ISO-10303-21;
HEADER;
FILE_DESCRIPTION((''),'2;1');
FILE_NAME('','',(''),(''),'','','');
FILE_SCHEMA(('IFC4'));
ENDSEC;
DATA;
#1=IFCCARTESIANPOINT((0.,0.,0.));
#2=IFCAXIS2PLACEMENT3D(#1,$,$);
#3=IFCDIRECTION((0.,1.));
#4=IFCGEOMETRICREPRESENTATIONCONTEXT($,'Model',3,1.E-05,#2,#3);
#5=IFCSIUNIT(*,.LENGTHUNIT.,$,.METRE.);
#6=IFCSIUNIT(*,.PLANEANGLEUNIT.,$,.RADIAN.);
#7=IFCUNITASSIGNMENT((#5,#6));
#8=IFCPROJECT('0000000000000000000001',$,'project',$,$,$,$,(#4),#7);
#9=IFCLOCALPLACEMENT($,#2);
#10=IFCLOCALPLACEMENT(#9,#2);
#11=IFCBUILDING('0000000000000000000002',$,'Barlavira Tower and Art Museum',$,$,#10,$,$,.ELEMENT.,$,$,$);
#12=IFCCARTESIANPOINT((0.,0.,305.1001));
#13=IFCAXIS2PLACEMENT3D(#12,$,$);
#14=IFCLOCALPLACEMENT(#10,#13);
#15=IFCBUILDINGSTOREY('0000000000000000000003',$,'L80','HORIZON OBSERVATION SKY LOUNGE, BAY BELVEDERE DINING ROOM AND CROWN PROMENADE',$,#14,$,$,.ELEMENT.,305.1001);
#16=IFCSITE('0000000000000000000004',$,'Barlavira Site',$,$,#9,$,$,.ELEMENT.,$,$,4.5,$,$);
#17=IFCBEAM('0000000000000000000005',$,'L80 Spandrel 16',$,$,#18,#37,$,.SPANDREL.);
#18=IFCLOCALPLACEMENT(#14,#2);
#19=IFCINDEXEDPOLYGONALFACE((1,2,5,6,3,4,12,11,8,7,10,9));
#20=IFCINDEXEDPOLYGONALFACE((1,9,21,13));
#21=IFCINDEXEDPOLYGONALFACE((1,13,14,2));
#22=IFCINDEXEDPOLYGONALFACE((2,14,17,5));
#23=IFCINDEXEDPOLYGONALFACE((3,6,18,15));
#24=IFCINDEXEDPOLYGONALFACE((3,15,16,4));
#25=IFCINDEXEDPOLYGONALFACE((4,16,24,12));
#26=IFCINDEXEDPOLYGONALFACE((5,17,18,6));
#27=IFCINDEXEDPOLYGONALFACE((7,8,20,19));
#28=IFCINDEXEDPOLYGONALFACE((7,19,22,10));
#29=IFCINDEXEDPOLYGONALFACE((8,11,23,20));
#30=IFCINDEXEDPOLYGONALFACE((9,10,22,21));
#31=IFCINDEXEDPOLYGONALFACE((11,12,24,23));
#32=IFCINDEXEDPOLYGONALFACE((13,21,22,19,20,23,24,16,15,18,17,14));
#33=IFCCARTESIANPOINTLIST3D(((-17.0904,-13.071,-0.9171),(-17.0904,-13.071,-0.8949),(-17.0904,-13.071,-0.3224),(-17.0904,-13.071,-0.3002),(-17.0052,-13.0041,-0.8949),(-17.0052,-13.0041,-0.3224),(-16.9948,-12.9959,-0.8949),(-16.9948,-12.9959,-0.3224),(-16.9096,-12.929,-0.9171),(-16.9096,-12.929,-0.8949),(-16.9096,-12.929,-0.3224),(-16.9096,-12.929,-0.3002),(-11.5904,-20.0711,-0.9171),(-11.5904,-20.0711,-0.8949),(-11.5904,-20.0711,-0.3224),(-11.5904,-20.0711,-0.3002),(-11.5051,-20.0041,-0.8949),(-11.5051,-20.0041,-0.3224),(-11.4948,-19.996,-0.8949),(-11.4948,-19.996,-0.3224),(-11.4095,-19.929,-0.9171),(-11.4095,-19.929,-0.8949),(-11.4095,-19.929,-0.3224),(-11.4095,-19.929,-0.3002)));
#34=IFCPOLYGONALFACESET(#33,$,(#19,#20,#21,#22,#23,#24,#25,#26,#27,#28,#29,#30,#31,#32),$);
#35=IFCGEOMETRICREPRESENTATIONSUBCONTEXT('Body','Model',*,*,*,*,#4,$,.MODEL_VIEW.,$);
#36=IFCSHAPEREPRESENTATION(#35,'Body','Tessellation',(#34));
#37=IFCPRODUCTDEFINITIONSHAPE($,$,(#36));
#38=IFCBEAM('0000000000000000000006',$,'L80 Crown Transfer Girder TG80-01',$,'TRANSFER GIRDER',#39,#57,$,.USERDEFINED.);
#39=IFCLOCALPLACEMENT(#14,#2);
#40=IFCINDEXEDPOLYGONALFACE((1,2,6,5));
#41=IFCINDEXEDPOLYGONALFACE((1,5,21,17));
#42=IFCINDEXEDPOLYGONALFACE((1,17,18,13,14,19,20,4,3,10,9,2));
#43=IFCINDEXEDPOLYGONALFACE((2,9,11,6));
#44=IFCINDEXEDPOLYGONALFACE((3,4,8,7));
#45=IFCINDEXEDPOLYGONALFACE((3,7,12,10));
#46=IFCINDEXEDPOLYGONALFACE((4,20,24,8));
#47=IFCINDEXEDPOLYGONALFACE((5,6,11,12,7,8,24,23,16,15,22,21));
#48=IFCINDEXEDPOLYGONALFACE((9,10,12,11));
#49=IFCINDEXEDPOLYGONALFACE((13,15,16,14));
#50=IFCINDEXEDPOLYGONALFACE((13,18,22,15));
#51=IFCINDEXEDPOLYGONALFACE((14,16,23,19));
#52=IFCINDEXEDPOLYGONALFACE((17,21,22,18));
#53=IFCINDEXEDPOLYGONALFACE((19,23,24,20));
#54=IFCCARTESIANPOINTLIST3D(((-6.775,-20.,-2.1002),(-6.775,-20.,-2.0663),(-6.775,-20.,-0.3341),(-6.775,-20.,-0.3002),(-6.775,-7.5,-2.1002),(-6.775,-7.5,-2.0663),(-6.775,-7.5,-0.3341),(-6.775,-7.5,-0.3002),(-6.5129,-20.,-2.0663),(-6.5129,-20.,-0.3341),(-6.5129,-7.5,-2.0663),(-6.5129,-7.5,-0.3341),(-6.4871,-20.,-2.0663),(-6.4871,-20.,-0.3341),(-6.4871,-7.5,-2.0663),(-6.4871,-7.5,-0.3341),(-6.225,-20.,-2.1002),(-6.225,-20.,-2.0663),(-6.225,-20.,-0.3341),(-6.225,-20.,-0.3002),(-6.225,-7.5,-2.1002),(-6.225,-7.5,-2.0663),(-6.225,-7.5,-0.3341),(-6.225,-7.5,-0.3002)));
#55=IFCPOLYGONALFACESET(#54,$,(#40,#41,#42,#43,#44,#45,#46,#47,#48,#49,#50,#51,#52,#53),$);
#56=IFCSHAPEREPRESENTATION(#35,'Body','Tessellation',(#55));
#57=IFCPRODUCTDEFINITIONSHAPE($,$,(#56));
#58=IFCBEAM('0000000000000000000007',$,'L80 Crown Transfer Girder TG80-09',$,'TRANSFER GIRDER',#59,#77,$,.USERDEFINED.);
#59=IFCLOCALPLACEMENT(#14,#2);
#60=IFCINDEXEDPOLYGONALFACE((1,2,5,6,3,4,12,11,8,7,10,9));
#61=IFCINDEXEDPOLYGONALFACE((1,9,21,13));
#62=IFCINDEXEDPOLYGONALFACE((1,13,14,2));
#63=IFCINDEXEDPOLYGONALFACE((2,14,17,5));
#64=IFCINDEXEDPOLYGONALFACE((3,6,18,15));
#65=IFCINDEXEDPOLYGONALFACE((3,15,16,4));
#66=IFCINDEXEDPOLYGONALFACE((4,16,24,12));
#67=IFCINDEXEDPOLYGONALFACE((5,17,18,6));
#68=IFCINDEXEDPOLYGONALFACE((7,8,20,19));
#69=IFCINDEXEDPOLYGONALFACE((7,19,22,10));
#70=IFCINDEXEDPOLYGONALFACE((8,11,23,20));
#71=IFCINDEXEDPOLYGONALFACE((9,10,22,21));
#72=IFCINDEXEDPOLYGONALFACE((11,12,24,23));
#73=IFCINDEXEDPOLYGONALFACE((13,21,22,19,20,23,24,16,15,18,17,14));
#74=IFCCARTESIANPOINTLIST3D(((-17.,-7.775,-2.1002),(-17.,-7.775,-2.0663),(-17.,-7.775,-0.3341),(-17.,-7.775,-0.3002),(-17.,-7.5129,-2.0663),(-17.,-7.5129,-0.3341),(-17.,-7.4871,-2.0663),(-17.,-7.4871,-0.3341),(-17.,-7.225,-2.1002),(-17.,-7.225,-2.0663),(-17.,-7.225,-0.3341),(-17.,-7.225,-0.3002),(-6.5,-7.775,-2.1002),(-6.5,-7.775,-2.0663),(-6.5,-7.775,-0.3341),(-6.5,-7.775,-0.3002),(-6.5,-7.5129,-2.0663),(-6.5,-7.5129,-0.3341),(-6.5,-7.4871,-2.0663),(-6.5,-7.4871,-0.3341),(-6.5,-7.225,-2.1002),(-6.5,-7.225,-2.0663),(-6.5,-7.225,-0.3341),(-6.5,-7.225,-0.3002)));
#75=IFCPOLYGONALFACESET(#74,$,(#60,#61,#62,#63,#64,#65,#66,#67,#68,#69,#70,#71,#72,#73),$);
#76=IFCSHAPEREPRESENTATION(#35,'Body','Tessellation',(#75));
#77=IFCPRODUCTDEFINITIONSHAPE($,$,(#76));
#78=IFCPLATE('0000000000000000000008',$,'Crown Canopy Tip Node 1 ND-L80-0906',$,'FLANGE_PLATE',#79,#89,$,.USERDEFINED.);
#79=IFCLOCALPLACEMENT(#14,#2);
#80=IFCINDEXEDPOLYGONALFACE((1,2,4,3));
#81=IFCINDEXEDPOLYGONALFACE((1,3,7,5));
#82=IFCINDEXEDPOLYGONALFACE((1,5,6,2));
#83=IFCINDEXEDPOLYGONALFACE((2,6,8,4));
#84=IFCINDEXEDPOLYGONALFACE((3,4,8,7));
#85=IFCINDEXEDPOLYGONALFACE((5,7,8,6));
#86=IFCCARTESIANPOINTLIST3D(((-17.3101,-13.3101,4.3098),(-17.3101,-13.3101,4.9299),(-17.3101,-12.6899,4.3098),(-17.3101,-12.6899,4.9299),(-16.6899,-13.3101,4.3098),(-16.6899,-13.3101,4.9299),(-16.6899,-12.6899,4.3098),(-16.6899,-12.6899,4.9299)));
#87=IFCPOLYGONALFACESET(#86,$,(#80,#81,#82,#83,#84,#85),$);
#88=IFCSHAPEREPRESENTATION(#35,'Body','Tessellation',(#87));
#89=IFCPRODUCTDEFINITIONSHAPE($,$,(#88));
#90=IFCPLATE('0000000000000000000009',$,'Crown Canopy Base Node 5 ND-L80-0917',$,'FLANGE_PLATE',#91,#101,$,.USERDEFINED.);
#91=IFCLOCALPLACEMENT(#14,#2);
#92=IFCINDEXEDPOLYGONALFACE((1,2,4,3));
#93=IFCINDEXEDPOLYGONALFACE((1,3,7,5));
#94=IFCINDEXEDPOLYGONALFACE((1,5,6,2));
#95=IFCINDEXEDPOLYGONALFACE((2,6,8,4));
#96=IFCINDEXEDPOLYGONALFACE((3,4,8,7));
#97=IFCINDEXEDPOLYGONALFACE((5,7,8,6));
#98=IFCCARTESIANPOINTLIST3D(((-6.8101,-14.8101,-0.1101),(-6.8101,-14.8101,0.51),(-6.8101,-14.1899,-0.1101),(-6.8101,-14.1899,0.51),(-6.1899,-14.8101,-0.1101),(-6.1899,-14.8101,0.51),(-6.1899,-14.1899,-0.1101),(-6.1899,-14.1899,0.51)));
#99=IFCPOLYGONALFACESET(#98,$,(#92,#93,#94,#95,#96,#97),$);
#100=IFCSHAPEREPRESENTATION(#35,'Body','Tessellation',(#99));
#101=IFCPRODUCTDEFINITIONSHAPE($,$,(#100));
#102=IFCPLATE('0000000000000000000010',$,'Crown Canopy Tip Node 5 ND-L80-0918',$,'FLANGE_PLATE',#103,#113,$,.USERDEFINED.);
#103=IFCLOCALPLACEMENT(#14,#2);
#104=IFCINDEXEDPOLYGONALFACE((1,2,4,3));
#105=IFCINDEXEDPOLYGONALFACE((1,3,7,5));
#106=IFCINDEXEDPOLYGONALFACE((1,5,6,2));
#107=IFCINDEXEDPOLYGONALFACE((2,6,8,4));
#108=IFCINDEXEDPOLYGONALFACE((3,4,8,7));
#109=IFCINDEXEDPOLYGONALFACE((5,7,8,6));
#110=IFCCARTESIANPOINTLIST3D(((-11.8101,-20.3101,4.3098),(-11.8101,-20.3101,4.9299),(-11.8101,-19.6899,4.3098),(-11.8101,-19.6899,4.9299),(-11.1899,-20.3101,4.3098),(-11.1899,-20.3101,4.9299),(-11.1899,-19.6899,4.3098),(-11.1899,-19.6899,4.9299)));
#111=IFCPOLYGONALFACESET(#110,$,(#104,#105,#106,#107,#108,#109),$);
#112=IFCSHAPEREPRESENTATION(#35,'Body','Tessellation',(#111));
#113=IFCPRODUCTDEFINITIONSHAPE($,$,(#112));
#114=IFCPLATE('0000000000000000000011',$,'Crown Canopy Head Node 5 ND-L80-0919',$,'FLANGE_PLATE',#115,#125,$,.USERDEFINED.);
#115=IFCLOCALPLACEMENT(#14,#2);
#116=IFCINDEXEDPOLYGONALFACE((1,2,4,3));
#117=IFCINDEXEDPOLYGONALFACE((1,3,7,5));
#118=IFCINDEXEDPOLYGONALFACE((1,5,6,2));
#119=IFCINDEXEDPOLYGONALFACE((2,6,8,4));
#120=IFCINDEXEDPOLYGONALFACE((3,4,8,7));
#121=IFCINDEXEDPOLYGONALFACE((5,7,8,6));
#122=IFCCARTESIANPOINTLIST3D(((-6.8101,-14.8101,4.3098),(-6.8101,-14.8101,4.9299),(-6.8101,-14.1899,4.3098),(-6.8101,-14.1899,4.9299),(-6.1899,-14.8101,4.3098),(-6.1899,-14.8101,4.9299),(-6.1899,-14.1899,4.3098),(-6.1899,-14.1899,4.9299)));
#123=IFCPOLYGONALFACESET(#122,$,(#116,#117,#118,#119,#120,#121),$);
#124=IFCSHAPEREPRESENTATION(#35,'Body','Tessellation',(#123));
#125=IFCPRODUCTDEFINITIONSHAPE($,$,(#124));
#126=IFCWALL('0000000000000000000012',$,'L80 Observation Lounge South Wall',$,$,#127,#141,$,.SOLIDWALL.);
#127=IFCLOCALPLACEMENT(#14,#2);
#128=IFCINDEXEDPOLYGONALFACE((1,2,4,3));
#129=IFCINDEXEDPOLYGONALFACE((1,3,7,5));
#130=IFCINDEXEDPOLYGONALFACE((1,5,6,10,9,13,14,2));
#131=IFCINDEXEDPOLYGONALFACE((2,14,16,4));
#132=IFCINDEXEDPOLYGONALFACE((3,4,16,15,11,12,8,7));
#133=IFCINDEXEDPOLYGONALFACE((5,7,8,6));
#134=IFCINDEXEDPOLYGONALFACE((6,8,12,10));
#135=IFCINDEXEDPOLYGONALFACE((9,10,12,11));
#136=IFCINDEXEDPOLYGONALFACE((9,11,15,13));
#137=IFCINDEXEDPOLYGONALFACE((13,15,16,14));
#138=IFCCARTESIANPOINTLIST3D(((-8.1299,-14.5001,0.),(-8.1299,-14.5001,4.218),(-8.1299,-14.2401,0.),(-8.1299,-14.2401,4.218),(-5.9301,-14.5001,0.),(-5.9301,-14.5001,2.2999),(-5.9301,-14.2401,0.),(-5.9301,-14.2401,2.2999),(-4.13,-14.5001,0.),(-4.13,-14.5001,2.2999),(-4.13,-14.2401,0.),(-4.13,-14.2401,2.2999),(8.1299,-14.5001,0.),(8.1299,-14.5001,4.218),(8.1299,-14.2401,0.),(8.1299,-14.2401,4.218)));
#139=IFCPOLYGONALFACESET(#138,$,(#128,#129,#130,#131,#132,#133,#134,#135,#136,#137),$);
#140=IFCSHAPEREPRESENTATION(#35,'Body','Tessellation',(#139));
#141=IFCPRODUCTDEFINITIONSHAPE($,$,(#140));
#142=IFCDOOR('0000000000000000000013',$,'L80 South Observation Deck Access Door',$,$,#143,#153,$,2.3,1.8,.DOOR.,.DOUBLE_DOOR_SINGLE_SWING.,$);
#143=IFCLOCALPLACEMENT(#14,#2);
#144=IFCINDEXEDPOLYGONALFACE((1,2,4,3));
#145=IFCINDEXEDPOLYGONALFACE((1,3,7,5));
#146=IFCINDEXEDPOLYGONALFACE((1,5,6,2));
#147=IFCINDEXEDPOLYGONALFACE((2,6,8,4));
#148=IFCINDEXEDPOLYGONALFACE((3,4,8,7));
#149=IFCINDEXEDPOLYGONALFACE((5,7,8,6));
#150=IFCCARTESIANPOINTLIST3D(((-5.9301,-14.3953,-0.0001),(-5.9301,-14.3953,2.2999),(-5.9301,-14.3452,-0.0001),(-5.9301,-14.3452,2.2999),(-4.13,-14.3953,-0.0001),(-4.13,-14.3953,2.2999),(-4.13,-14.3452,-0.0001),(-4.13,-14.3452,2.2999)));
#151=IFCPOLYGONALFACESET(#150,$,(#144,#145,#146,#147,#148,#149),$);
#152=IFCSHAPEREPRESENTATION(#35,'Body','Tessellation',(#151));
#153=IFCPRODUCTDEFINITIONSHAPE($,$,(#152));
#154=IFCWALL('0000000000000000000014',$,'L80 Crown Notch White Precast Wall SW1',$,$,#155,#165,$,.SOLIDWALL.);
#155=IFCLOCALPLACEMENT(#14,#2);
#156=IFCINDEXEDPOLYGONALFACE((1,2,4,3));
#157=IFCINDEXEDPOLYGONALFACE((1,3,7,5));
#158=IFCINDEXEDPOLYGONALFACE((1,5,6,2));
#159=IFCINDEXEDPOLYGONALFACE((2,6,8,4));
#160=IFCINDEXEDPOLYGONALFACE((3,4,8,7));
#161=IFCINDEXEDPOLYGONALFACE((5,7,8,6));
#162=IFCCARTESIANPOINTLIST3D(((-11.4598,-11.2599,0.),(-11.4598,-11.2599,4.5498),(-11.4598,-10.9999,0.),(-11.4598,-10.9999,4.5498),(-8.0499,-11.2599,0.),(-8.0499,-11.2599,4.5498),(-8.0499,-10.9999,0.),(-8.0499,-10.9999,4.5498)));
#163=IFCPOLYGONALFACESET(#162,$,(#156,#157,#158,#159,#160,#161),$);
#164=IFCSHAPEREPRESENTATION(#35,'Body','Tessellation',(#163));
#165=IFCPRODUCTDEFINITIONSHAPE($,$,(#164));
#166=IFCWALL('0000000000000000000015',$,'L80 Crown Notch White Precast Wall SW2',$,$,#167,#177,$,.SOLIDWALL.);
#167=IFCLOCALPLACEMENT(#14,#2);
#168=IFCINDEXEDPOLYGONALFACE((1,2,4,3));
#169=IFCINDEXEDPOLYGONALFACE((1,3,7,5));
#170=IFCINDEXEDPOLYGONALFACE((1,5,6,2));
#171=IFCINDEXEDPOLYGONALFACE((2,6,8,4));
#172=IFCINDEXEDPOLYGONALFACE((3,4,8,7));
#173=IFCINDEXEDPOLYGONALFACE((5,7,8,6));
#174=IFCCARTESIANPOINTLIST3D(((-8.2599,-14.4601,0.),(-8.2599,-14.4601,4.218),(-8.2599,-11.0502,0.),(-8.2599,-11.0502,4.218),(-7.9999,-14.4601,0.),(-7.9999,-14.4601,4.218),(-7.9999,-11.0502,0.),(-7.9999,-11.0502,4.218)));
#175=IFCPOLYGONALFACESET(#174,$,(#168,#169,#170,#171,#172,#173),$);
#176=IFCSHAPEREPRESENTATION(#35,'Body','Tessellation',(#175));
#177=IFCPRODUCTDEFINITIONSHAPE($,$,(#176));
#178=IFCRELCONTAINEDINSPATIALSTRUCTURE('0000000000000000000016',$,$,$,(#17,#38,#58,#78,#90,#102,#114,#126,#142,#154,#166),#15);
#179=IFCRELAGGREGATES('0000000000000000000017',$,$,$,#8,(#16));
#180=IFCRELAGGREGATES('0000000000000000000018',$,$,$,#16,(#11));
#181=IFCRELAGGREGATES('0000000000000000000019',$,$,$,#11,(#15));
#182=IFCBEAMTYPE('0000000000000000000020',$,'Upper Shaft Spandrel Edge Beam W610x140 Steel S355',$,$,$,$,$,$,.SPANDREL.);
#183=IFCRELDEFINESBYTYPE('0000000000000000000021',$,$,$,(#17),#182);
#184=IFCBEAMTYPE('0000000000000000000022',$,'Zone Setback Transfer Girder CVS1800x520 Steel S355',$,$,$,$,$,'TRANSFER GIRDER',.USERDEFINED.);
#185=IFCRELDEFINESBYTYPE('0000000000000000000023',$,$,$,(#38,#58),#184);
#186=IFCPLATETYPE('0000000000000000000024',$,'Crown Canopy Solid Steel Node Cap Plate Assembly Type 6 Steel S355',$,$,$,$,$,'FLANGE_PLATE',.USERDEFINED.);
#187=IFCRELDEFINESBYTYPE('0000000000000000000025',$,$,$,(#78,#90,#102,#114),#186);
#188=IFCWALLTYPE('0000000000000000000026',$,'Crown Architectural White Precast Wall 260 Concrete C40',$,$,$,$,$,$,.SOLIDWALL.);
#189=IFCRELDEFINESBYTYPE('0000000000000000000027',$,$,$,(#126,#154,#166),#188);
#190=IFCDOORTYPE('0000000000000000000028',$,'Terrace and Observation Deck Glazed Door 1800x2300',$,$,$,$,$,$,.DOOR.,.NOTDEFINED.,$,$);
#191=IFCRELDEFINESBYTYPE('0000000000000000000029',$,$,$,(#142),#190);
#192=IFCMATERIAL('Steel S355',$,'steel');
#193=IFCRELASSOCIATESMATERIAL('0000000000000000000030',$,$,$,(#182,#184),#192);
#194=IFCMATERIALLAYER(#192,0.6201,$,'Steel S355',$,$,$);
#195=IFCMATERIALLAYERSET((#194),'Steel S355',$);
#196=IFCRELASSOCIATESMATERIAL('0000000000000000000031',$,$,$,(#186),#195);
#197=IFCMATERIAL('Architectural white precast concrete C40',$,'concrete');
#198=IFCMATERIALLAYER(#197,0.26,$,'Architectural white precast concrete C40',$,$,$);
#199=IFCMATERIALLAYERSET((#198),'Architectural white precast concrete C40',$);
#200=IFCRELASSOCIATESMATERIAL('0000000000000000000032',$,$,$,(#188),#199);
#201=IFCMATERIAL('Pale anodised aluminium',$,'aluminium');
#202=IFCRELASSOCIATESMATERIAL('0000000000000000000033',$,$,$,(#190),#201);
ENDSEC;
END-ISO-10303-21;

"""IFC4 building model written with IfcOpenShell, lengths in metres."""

from ifc_helpers import new_model, si_unit, direction, frame, frame_2d, origin, origin_2d, place, context, subcontext, project, spatial, rectangle, i_section, extrude, material, layer, layer_set, material_profile, profile_set, type_object, element, fill, save


model = new_model("IFC4")

# Units and contexts
model_context = context("Model", 3, precision=1e-05, world=origin(), true_north=direction((0.0, 1.0)))
body_context = subcontext(model_context, "Body", "Model", "MODEL_VIEW")
ifc_project = project(units=[si_unit("LENGTHUNIT", "METRE"), si_unit("PLANEANGLEUNIT", "RADIAN")], contexts=[model_context])

# Site, building, storey
site_placement = place(None, origin())
site = spatial("IfcSite", under=ifc_project, at=site_placement, Name="Barlavira Site", CompositionType="ELEMENT", RefElevation=4.5)
building_placement = place(site_placement, origin())
building = spatial("IfcBuilding", under=site, at=building_placement, Name="Barlavira Tower and Art Museum", CompositionType="ELEMENT")
storey_placement = place(building_placement, frame((0.0, 0.0, 305.1001)))
storey = spatial("IfcBuildingStorey", under=building, at=storey_placement, Name="L80", Description="HORIZON OBSERVATION SKY LOUNGE, BAY BELVEDERE DINING ROOM AND CROWN PROMENADE", CompositionType="ELEMENT", Elevation=305.1001)

# Shared definitions
ifc_material_1 = material(Name="Steel S355", Category="steel")

# Beams
ifc_material_profile_1 = material_profile(ifc_material_1, i_section(OverallWidth=0.23, OverallDepth=0.6169, WebThickness=0.0132, FlangeThickness=0.0222, at=origin_2d()), Name="W610x140.0")
ifc_profile_set_1 = profile_set([ifc_material_profile_1], Name="Steel S355")
beam_type_1 = type_object("IfcBeamType", Name="Upper Shaft Spandrel Edge Beam W610x140 Steel S355", PredefinedType="SPANDREL", material=ifc_profile_set_1)
beam_1_placement = place(storey_placement, frame((-17.0, -13.0, -0.6086), z_axis=(0.617822, -0.786318, 0.0), x_axis=(0.786318, 0.617822, 0.0)))
element("IfcBeam", 1, at=beam_1_placement, inside=storey, type_object=beam_type_1, Name="L80 Spandrel 16", PredefinedType="SPANDREL", context=body_context, shape_type="SweptSolid", body=[
    extrude(i_section(OverallWidth=0.23, OverallDepth=0.6169, WebThickness=0.0132, FlangeThickness=0.0222, at=origin_2d()), origin(), (0.0, 0.0, 1.0), 8.9023),
])
ifc_material_profile_2 = material_profile(ifc_material_1, i_section(OverallWidth=0.55, OverallDepth=1.8, WebThickness=0.0259, FlangeThickness=0.0339, at=origin_2d()), Name="CVS1800x520")
ifc_profile_set_2 = profile_set([ifc_material_profile_2], Name="Steel S355")
beam_type_2 = type_object("IfcBeamType", Name="Zone Setback Transfer Girder CVS1800x520 Steel S355", ElementType="TRANSFER GIRDER", PredefinedType="USERDEFINED", material=ifc_profile_set_2)
beam_2_placement = place(storey_placement, frame((-6.5, -20.0, -1.2002), z_axis=(0.0, 1.0, 0.0), x_axis=(-1.0, 0.0, 0.0)))
element("IfcBeam", 2, at=beam_2_placement, inside=storey, type_object=beam_type_2, Name="L80 Crown Transfer Girder TG80-01", ObjectType="TRANSFER GIRDER", PredefinedType="USERDEFINED", context=body_context, shape_type="SweptSolid", body=[
    extrude(i_section(OverallWidth=0.55, OverallDepth=1.8, WebThickness=0.0259, FlangeThickness=0.0339, at=origin_2d()), origin(), (0.0, 0.0, 1.0), 12.5),
])
beam_3_placement = place(storey_placement, frame((-17.0, -7.5, -1.2002), z_axis=(1.0, 0.0, 0.0), x_axis=(0.0, 1.0, 0.0)))
element("IfcBeam", 3, at=beam_3_placement, inside=storey, type_object=beam_type_2, Name="L80 Crown Transfer Girder TG80-09", ObjectType="TRANSFER GIRDER", PredefinedType="USERDEFINED", context=body_context, shape_type="SweptSolid", body=[
    extrude(i_section(OverallWidth=0.55, OverallDepth=1.8, WebThickness=0.0259, FlangeThickness=0.0339, at=origin_2d()), origin(), (0.0, 0.0, 1.0), 10.5),
])

# Plates
ifc_layer_1 = layer(ifc_material_1, 0.6201, Name="Steel S355")
ifc_layer_set_1 = layer_set([ifc_layer_1], Name="Steel S355")
plate_type = type_object("IfcPlateType", Name="Crown Canopy Solid Steel Node Cap Plate Assembly Type 6 Steel S355", ElementType="FLANGE_PLATE", PredefinedType="USERDEFINED", material=ifc_layer_set_1)
for number, where, z_axis, x_axis, name in (
    (4, (-17.0, -13.0, 4.3098), (0.0, 0.0, 1.0), (1.0, 0.0, 0.0), "Crown Canopy Tip Node 1 ND-L80-0906"),
    (5, (-6.5, -14.5, -0.1101), (0.0, 0.0, 1.0), (1.0, 0.0, 0.0), "Crown Canopy Base Node 5 ND-L80-0917"),
    (6, (-11.5, -20.0, 4.3098), (0.0, 0.0, 1.0), (1.0, 0.0, 0.0), "Crown Canopy Tip Node 5 ND-L80-0918"),
    (7, (-6.5, -14.5, 4.3098), (0.0, 0.0, 1.0), (1.0, 0.0, 0.0), "Crown Canopy Head Node 5 ND-L80-0919"),
):
    element("IfcPlate", number, at=place(storey_placement, frame(where, z_axis=z_axis, x_axis=x_axis)), inside=storey, type_object=plate_type, Name=name, ObjectType="FLANGE_PLATE", PredefinedType="USERDEFINED", context=body_context, shape_type="SweptSolid", body=[
        extrude(rectangle(XDim=0.6201, YDim=0.6201, at=origin_2d()), origin(), (0.0, 0.0, 1.0), 0.6201),
    ])

# Wall, opening, door
ifc_material_2 = material(Name="Architectural white precast concrete C40", Category="concrete")
ifc_layer_2 = layer(ifc_material_2, 0.26, Name="Architectural white precast concrete C40")
ifc_layer_set_2 = layer_set([ifc_layer_2], Name="Architectural white precast concrete C40")
wall_type_1 = type_object("IfcWallType", Name="Crown Architectural White Precast Wall 260 Concrete C40", PredefinedType="SOLIDWALL", material=ifc_layer_set_2)
wall_1_placement = place(storey_placement, frame((-8.1299, -14.3701, 0.0), z_axis=(0.0, 0.0, 1.0), x_axis=(1.0, 0.0, 0.0)))
wall_1 = element("IfcWall", 8, at=wall_1_placement, inside=storey, type_object=wall_type_1, Name="L80 Observation Lounge South Wall", PredefinedType="SOLIDWALL", context=body_context, shape_type="SweptSolid", body=[
    extrude(rectangle(XDim=16.2598, YDim=0.26, at=frame_2d((8.1299, 0.0))), origin(), (0.0, 0.0, 1.0), 4.218),
])
opening_1_placement = place(wall_1_placement, frame((2.2, 0.0, 0.0)))
opening_1 = element("IfcOpeningElement", 9, at=opening_1_placement, cuts=wall_1, PredefinedType="OPENING", context=body_context, shape_type="SweptSolid", body=[
    extrude(rectangle(XDim=1.8, YDim=2.3, at=frame_2d((0.8999, 1.1499))), frame((0.0, 0.1401, 0.0), z_axis=(0.0, -1.0, 0.0), x_axis=(1.0, 0.0, 0.0)), (0.0, 0.0, 1.0), 0.28),
])
ifc_material_3 = material(Name="Pale anodised aluminium", Category="aluminium")
door_type_1 = type_object("IfcDoorType", Name="Terrace and Observation Deck Glazed Door 1800x2300", OperationType="NOTDEFINED", PredefinedType="DOOR", material=ifc_material_3)
door_1_placement = place(opening_1_placement, origin())
door_1 = element("IfcDoor", 10, at=door_1_placement, inside=storey, type_object=door_type_1, Name="L80 South Observation Deck Access Door", OperationType="DOUBLE_DOOR_SINGLE_SWING", OverallHeight=2.3, OverallWidth=1.8, PredefinedType="DOOR", context=body_context, shape_type="SweptSolid", body=[
    extrude(rectangle(XDim=1.8, YDim=2.3, at=frame_2d((0.8999, 1.1499))), frame((0.0, 0.0249, 0.0), z_axis=(0.0, -1.0, 0.0), x_axis=(1.0, 0.0, 0.0)), (0.0, 0.0, 1.0), 0.05),
])
fill(opening_1, door_1)

# Walls
wall_2_placement = place(storey_placement, frame((-11.46, -11.1299, 0.0), z_axis=(0.0, 0.0, 1.0), x_axis=(1.0, 0.0, 0.0)))
element("IfcWall", 11, at=wall_2_placement, inside=storey, type_object=wall_type_1, Name="L80 Crown Notch White Precast Wall SW1", PredefinedType="SOLIDWALL", context=body_context, shape_type="SweptSolid", body=[
    extrude(rectangle(XDim=3.4099, YDim=0.26, at=frame_2d((1.7051, 0.0))), origin(), (0.0, 0.0, 1.0), 4.5498),
])
wall_3_placement = place(storey_placement, frame((-8.1299, -11.05, 0.0), z_axis=(0.0, 0.0, 1.0), x_axis=(0.0, -1.0, 0.0)))
element("IfcWall", 12, at=wall_3_placement, inside=storey, type_object=wall_type_1, Name="L80 Crown Notch White Precast Wall SW2", PredefinedType="SOLIDWALL", context=body_context, shape_type="SweptSolid", body=[
    extrude(rectangle(XDim=3.4099, YDim=0.26, at=frame_2d((1.7051, 0.0))), origin(), (0.0, 0.0, 1.0), 4.218),
])

save(model, "model.ifc")
